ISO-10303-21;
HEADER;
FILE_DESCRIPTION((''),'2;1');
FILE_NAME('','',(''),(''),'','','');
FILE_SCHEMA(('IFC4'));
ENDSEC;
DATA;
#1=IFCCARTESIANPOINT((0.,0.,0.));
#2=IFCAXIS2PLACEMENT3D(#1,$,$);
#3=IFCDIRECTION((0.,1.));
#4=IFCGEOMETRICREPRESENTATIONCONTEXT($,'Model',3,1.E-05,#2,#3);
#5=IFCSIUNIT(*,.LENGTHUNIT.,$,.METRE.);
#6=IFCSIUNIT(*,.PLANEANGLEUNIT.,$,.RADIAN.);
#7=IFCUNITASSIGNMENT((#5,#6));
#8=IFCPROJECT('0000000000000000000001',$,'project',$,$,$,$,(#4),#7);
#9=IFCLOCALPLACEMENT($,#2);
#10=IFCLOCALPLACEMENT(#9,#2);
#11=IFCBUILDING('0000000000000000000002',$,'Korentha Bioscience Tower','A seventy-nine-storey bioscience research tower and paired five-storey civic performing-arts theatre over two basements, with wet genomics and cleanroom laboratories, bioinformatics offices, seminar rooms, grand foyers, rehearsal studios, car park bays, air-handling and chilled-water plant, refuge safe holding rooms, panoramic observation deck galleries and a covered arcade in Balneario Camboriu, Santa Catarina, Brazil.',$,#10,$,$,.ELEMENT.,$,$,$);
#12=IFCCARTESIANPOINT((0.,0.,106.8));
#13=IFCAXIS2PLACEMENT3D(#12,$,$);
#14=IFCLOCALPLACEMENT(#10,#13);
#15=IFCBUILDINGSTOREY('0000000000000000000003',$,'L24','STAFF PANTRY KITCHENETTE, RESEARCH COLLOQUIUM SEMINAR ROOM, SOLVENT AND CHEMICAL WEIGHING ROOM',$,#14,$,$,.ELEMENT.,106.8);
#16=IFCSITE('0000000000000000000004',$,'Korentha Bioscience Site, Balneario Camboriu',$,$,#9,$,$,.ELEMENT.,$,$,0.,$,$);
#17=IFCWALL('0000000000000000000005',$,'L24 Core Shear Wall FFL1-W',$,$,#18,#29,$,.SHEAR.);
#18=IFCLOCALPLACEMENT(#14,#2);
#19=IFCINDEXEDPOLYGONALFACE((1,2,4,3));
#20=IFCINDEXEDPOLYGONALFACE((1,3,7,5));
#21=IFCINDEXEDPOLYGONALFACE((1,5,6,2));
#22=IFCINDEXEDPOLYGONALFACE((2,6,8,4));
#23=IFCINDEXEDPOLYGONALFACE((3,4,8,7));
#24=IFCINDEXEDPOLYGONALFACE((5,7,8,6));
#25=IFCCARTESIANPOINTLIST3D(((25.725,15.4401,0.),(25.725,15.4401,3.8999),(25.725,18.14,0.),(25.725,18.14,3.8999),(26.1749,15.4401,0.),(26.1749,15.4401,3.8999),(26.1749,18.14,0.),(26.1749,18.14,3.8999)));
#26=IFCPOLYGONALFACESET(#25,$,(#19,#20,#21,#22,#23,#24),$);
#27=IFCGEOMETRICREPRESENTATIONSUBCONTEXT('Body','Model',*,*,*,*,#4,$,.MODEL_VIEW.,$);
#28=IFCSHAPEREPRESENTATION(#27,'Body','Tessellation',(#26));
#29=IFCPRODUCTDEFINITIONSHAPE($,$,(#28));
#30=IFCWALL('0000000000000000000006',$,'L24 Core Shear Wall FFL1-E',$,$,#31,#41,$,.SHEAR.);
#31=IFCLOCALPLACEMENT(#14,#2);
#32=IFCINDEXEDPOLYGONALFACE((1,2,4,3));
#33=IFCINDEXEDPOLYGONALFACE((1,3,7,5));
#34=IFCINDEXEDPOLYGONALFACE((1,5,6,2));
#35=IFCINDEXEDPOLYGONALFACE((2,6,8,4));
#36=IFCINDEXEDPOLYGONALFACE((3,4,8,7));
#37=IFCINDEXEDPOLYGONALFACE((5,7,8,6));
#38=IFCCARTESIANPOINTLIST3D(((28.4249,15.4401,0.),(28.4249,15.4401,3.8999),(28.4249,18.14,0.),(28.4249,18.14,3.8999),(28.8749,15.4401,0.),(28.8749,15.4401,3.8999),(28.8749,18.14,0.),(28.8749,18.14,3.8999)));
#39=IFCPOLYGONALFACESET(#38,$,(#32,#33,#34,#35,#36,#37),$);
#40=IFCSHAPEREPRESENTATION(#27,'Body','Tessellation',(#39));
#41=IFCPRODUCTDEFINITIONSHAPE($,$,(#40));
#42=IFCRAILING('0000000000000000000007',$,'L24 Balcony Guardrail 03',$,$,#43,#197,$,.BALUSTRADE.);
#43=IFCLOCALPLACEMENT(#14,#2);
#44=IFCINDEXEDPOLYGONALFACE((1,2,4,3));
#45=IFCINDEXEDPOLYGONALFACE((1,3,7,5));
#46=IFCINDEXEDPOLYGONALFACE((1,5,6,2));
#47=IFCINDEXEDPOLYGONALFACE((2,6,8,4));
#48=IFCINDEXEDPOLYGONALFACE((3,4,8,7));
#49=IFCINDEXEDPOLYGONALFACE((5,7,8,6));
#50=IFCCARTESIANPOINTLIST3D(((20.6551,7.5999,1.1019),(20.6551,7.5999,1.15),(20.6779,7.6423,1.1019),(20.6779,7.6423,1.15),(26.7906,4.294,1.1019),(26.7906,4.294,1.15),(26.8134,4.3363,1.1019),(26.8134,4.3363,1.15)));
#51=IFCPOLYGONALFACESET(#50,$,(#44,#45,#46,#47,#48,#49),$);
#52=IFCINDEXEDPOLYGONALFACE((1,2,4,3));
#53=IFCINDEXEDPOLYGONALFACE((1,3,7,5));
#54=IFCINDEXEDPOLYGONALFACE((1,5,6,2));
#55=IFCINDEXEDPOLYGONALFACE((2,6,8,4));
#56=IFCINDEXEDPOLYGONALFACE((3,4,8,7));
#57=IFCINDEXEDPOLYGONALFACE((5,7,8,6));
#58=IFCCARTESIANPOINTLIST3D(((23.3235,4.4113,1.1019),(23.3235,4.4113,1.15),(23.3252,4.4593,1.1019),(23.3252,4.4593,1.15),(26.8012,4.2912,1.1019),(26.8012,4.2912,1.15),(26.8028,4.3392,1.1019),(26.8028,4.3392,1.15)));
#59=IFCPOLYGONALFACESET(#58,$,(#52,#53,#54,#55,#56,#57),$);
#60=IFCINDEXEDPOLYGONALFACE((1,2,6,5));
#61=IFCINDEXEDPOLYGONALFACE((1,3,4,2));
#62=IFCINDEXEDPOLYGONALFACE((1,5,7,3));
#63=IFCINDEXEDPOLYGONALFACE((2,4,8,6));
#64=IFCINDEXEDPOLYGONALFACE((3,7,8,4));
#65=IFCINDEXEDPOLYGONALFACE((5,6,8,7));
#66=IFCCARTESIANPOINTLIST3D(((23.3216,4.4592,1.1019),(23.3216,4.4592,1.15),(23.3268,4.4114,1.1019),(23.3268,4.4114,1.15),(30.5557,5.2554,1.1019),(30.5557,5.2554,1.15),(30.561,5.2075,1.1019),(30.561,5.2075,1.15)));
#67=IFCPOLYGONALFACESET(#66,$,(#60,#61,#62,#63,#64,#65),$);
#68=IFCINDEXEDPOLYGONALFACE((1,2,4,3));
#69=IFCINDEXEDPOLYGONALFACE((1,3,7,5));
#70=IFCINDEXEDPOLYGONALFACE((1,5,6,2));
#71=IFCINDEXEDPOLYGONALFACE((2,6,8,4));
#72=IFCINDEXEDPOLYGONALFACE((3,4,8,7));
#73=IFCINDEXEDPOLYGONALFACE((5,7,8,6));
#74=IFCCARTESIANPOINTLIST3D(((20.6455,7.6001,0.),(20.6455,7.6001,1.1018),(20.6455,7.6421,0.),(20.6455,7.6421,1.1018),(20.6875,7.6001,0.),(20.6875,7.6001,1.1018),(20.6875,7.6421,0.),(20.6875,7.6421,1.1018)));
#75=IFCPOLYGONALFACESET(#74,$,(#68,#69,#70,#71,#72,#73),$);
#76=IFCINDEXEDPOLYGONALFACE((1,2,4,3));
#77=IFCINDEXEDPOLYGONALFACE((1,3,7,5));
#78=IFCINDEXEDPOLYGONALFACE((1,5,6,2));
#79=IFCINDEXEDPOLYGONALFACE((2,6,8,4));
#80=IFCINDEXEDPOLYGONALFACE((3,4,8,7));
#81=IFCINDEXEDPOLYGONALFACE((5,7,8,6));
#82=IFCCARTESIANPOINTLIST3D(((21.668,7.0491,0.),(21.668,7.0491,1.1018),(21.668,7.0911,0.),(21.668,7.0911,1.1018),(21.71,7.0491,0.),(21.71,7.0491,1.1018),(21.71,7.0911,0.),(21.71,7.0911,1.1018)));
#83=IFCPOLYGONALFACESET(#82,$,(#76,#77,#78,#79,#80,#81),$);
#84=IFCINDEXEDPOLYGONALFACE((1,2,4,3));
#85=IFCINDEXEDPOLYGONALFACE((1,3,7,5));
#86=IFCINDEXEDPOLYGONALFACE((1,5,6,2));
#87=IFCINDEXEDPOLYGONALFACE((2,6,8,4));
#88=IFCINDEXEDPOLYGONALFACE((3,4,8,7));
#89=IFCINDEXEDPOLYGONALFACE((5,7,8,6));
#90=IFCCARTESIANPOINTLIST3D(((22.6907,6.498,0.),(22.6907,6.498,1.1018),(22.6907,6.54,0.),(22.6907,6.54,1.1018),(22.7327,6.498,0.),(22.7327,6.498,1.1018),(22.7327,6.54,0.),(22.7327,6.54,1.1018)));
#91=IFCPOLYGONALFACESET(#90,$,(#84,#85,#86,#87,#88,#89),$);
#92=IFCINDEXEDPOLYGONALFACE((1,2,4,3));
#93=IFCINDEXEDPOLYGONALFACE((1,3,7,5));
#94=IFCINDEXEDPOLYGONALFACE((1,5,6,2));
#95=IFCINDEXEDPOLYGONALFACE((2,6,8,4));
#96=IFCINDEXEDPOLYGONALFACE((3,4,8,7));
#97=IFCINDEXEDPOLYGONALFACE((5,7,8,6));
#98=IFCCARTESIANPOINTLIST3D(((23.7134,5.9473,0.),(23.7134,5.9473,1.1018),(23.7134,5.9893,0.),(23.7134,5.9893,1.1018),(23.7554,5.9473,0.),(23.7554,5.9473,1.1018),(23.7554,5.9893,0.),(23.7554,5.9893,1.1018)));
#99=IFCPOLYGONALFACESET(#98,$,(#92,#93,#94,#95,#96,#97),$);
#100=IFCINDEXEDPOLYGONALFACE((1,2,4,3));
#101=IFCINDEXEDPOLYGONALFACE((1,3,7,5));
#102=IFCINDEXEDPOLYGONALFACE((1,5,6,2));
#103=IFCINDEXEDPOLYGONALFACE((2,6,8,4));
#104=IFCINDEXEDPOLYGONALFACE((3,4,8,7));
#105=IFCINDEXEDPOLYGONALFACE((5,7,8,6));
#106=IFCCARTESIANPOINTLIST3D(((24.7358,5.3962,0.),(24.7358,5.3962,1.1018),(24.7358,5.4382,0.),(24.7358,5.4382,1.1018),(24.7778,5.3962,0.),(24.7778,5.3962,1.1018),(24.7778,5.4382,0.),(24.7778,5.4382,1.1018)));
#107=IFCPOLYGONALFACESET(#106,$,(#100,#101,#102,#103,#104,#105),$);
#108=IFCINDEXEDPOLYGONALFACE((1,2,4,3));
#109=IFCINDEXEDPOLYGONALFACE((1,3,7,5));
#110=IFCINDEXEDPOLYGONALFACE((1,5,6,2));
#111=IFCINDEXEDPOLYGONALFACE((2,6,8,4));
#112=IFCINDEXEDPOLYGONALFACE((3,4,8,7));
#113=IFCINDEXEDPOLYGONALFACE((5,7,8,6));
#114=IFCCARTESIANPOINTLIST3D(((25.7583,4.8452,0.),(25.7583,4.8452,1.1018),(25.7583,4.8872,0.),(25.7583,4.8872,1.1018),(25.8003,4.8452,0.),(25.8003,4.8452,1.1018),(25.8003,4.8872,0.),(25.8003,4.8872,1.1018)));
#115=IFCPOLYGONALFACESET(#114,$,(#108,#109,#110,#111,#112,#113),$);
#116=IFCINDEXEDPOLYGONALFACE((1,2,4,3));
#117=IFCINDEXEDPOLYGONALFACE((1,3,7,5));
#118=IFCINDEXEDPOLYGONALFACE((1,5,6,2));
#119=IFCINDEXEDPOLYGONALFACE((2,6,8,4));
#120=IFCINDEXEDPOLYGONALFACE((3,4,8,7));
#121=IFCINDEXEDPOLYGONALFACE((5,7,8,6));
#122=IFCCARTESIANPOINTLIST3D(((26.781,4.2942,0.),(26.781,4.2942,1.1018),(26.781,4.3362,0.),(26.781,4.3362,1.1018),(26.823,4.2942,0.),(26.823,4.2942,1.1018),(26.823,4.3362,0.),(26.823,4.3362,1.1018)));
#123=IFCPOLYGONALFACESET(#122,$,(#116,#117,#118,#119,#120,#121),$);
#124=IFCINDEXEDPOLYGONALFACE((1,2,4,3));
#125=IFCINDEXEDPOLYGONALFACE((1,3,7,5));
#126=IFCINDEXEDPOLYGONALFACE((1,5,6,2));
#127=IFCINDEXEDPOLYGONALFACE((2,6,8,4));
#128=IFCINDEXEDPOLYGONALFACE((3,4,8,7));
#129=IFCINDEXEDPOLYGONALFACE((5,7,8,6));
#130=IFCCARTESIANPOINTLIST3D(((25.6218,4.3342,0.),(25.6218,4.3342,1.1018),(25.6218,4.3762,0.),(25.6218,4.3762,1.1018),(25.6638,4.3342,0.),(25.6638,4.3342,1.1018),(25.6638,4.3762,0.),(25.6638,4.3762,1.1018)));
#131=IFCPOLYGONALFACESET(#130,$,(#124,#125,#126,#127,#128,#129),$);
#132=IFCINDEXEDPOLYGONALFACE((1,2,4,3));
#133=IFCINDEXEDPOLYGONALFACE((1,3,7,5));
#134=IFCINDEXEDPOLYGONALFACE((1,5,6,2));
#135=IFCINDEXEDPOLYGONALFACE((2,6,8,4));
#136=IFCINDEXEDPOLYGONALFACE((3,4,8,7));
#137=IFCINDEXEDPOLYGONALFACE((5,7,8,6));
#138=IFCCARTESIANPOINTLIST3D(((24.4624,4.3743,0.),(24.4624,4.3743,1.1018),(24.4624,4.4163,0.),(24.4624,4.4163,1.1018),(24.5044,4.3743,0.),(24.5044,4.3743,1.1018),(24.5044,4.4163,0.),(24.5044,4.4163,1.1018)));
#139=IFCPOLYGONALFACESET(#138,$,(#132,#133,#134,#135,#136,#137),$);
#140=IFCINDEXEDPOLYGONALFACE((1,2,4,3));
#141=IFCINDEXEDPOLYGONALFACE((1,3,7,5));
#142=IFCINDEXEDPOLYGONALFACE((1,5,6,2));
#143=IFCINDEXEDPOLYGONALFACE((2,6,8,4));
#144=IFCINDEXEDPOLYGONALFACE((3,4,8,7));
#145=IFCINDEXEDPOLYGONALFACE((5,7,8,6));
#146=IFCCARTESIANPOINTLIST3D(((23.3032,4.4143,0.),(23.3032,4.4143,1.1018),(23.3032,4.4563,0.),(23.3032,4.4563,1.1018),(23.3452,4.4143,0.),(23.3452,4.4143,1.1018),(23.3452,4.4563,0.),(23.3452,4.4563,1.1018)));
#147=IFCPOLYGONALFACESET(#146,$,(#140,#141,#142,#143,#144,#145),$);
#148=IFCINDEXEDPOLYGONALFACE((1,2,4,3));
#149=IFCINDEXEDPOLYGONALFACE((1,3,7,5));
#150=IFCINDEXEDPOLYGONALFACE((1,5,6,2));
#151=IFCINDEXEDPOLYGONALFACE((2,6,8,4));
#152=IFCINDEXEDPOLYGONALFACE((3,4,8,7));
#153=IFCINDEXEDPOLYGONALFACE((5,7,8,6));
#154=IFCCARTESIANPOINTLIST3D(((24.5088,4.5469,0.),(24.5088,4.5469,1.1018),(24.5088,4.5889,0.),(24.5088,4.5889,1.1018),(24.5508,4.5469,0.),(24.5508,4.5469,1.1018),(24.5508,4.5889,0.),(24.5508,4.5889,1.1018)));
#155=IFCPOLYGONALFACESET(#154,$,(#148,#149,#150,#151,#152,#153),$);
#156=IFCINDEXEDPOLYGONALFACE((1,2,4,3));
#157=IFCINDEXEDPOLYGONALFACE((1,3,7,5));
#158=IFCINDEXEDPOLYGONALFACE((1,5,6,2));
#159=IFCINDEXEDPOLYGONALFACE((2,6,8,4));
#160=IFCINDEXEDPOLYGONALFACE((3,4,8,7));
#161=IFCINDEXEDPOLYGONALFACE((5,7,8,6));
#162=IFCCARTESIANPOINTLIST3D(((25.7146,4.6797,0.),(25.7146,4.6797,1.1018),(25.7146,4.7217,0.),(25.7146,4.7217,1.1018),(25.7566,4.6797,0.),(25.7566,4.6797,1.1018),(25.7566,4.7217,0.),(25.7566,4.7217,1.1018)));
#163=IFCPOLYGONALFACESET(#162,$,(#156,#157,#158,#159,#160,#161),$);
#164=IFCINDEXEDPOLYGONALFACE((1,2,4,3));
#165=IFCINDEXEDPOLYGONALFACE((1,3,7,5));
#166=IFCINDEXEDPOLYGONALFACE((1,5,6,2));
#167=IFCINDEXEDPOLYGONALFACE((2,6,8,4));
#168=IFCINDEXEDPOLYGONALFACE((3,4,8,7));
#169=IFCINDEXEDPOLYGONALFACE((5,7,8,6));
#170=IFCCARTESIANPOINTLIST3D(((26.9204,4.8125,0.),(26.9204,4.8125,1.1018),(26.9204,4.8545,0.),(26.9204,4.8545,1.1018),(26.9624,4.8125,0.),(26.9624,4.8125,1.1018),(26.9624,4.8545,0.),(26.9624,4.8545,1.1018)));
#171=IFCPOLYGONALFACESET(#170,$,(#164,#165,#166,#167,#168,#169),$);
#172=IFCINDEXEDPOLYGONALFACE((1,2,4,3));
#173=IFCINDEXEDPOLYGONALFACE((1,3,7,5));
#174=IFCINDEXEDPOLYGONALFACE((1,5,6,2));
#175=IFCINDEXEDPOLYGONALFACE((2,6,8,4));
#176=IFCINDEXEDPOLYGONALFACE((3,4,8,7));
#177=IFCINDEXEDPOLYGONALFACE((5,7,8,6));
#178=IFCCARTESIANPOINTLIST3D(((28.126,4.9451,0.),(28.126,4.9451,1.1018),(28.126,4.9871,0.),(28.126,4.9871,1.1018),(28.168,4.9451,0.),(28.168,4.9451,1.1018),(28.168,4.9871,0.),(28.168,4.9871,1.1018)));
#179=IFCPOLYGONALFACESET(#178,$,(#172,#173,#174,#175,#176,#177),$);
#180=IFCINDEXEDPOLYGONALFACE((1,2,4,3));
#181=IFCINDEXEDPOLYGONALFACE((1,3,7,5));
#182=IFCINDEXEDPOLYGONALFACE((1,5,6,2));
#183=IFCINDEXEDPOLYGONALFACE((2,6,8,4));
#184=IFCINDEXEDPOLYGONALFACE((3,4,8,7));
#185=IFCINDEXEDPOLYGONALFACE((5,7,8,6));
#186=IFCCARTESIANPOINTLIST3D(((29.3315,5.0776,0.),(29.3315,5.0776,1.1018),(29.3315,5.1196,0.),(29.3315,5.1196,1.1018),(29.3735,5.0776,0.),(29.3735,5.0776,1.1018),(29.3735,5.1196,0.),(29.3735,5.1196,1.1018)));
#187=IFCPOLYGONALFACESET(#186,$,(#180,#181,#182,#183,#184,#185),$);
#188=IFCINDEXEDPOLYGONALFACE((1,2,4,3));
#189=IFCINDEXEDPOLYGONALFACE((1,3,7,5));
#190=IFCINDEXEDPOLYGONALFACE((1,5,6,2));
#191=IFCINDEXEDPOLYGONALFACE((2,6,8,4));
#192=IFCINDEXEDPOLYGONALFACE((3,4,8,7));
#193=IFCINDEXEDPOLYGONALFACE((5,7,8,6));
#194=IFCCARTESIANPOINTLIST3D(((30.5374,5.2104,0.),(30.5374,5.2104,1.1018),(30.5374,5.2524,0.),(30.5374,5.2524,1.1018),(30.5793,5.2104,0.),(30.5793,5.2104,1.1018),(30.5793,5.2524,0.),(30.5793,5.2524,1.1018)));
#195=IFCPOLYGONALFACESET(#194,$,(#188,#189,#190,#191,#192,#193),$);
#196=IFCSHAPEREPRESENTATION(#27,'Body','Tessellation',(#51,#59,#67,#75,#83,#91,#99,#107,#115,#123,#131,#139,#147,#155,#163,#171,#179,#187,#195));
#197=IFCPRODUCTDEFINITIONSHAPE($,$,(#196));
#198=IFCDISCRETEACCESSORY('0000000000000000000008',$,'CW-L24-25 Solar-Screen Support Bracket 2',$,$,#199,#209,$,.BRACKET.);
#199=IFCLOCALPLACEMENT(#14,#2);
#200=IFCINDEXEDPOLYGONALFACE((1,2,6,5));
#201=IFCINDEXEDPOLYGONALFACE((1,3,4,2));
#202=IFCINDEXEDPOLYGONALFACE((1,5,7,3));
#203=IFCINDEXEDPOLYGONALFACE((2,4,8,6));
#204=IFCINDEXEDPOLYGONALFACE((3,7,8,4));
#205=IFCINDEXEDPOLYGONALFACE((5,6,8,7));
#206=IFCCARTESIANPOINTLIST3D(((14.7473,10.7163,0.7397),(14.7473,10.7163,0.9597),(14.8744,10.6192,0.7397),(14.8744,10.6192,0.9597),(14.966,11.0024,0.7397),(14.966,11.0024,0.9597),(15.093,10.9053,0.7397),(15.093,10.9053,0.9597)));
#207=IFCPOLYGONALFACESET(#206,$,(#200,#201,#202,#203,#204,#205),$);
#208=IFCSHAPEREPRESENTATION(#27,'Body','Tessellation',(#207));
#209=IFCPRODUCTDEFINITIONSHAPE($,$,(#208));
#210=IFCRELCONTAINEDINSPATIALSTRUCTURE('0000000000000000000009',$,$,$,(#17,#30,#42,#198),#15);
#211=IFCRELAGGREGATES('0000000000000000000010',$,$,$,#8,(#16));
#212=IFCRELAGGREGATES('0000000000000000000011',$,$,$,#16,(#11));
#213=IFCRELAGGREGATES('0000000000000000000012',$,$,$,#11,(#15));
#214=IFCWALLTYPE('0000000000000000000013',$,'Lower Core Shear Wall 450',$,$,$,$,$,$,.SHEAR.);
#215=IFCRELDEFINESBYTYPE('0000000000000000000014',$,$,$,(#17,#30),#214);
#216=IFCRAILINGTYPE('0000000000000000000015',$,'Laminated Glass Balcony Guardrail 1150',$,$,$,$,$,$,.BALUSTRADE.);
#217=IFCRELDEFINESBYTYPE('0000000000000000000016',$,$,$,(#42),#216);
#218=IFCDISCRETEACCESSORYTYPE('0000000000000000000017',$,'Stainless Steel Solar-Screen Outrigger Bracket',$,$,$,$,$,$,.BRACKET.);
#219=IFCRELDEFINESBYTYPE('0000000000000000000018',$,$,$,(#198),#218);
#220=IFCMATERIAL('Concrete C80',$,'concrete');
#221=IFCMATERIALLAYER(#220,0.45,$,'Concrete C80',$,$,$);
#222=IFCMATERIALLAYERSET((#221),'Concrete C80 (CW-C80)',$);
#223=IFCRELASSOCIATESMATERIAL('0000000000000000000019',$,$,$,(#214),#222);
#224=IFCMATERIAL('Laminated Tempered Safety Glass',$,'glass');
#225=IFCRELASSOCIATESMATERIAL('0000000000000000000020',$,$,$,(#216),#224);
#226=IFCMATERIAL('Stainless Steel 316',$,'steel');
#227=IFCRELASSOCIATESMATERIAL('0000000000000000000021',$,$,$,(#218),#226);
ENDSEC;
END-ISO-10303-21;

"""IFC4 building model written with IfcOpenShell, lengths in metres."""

from ifc_helpers import new_model, si_unit, direction, frame, frame_2d, origin, origin_2d, place, context, subcontext, project, spatial, rectangle, extrude, material, layer, layer_set, type_object, element, save


model = new_model("IFC4")

# Units and contexts
model_context = context("Model", 3, precision=1e-05, world=origin(), true_north=direction((0.0, 1.0)))
body_context = subcontext(model_context, "Body", "Model", "MODEL_VIEW")
ifc_project = project(units=[si_unit("LENGTHUNIT", "METRE"), si_unit("PLANEANGLEUNIT", "RADIAN")], contexts=[model_context])

# Site, building, storey
site_placement = place(None, origin())
site = spatial("IfcSite", under=ifc_project, at=site_placement, Name="Korentha Bioscience Site, Balneario Camboriu", CompositionType="ELEMENT", RefElevation=0.0)
building_placement = place(site_placement, origin())
building = spatial("IfcBuilding", under=site, at=building_placement, Name="Korentha Bioscience Tower", Description="A seventy-nine-storey bioscience research tower and paired five-storey civic performing-arts theatre over two basements, with wet genomics and cleanroom laboratories, bioinformatics offices, seminar rooms, grand foyers, rehearsal studios, car park bays, air-handling and chilled-water plant, refuge safe holding rooms, panoramic observation deck galleries and a covered arcade in Balneario Camboriu, Santa Catarina, Brazil.", CompositionType="ELEMENT")
storey_placement = place(building_placement, frame((0.0, 0.0, 106.8)))
storey = spatial("IfcBuildingStorey", under=building, at=storey_placement, Name="L24", Description="STAFF PANTRY KITCHENETTE, RESEARCH COLLOQUIUM SEMINAR ROOM, SOLVENT AND CHEMICAL WEIGHING ROOM", CompositionType="ELEMENT", Elevation=106.8)

# Shared definitions
ifc_material_1 = material(Name="Concrete C80", Category="concrete")

# Walls
ifc_layer_1 = layer(ifc_material_1, 0.45, Name="Concrete C80")
ifc_layer_set_1 = layer_set([ifc_layer_1], Name="Concrete C80 (CW-C80)")
wall_type_1 = type_object("IfcWallType", Name="Lower Core Shear Wall 450", PredefinedType="SHEAR", material=ifc_layer_set_1)
for number, where, z_axis, x_axis, name in (
    (1, (25.95, 15.4399, 0.0), (0.0, 0.0, 1.0), (0.0, 1.0, 0.0), "L24 Core Shear Wall FFL1-W"),
    (2, (28.6499, 15.4399, 0.0), (0.0, 0.0, 1.0), (0.0, 1.0, 0.0), "L24 Core Shear Wall FFL1-E"),
):
    element("IfcWall", number, at=place(storey_placement, frame(where, z_axis=z_axis, x_axis=x_axis)), inside=storey, type_object=wall_type_1, Name=name, PredefinedType="SHEAR", context=body_context, shape_type="SweptSolid", body=[
        extrude(rectangle(XDim=2.7, YDim=0.45, at=frame_2d((1.3501, 0.0))), origin(), (0.0, 0.0, 1.0), 3.8999),
    ])

# Railing
ifc_material_2 = material(Name="Laminated Tempered Safety Glass", Category="glass")
railing_type = type_object("IfcRailingType", Name="Laminated Glass Balcony Guardrail 1150", PredefinedType="BALUSTRADE", material=ifc_material_2)
railing_placement = place(storey_placement, frame((20.6665, 7.6211, 0.0)))
element("IfcRailing", 3, at=railing_placement, inside=storey, type_object=railing_type, Name="L24 Balcony Guardrail 03", PredefinedType="BALUSTRADE", context=body_context, shape_type="SweptSolid", body=[
    extrude(rectangle(XDim=0.0481, YDim=0.0481, at=origin_2d()), frame((0.0, 0.0, 1.126), z_axis=(0.880341, -0.474342, 0.0), x_axis=(0.474342, 0.880341, 0.0)), (0.0, 0.0, 1.0), 6.9695),
    extrude(rectangle(XDim=0.0481, YDim=0.0481, at=origin_2d()), frame((6.1355, -3.3059, 1.126), z_axis=(-0.999404, 0.034518, 0.0), x_axis=(-0.034518, -0.999404, 0.0)), (0.0, 0.0, 1.0), 3.4797),
    extrude(rectangle(XDim=0.0481, YDim=0.0481, at=origin_2d()), frame((2.6577, -3.1858, 1.126), z_axis=(0.993999, 0.109393, 0.0), x_axis=(-0.109393, 0.993999, 0.0)), (0.0, 0.0, 1.0), 7.2778),
    extrude(rectangle(XDim=0.042, YDim=0.042, at=origin_2d()), origin(), (0.0, 0.0, 1.0), 1.1018),
    extrude(rectangle(XDim=0.042, YDim=0.042, at=origin_2d()), frame((1.0225, -0.551, 0.0)), (0.0, 0.0, 1.0), 1.1018),
    extrude(rectangle(XDim=0.042, YDim=0.042, at=origin_2d()), frame((2.0452, -1.1021, 0.0)), (0.0, 0.0, 1.0), 1.1018),
    extrude(rectangle(XDim=0.042, YDim=0.042, at=origin_2d()), frame((3.0679, -1.6528, 0.0)), (0.0, 0.0, 1.0), 1.1018),
    extrude(rectangle(XDim=0.042, YDim=0.042, at=origin_2d()), frame((4.0903, -2.2039, 0.0)), (0.0, 0.0, 1.0), 1.1018),
    extrude(rectangle(XDim=0.042, YDim=0.042, at=origin_2d()), frame((5.1128, -2.7549, 0.0)), (0.0, 0.0, 1.0), 1.1018),
    extrude(rectangle(XDim=0.042, YDim=0.042, at=origin_2d()), frame((6.1355, -3.3059, 0.0)), (0.0, 0.0, 1.0), 1.1018),
    extrude(rectangle(XDim=0.042, YDim=0.042, at=origin_2d()), frame((4.9763, -3.2659, 0.0)), (0.0, 0.0, 1.0), 1.1018),
    extrude(rectangle(XDim=0.042, YDim=0.042, at=origin_2d()), frame((3.8169, -3.2258, 0.0)), (0.0, 0.0, 1.0), 1.1018),
    extrude(rectangle(XDim=0.042, YDim=0.042, at=origin_2d()), frame((2.6577, -3.1858, 0.0)), (0.0, 0.0, 1.0), 1.1018),
    extrude(rectangle(XDim=0.042, YDim=0.042, at=origin_2d()), frame((3.8633, -3.0532, 0.0)), (0.0, 0.0, 1.0), 1.1018),
    extrude(rectangle(XDim=0.042, YDim=0.042, at=origin_2d()), frame((5.0691, -2.9204, 0.0)), (0.0, 0.0, 1.0), 1.1018),
    extrude(rectangle(XDim=0.042, YDim=0.042, at=origin_2d()), frame((6.2749, -2.7876, 0.0)), (0.0, 0.0, 1.0), 1.1018),
    extrude(rectangle(XDim=0.042, YDim=0.042, at=origin_2d()), frame((7.4805, -2.655, 0.0)), (0.0, 0.0, 1.0), 1.1018),
    extrude(rectangle(XDim=0.042, YDim=0.042, at=origin_2d()), frame((8.686, -2.5225, 0.0)), (0.0, 0.0, 1.0), 1.1018),
    extrude(rectangle(XDim=0.042, YDim=0.042, at=origin_2d()), frame((9.8918, -2.3896, 0.0)), (0.0, 0.0, 1.0), 1.1018),
])

# Discrete accessory
ifc_material_3 = material(Name="Stainless Steel 316", Category="steel")
discrete_accessory_type = type_object("IfcDiscreteAccessoryType", Name="Stainless Steel Solar-Screen Outrigger Bracket", PredefinedType="BRACKET", material=ifc_material_3)
discrete_accessory_placement = place(storey_placement, frame((14.9202, 10.8108, 0.7397), z_axis=(0.0, 0.0, 1.0), x_axis=(0.7945, -0.607265, 0.0)))
element("IfcDiscreteAccessory", 4, at=discrete_accessory_placement, inside=storey, type_object=discrete_accessory_type, Name="CW-L24-25 Solar-Screen Support Bracket 2", PredefinedType="BRACKET", context=body_context, shape_type="SweptSolid", body=[
    extrude(rectangle(XDim=0.1599, YDim=0.3601, at=origin_2d()), origin(), (0.0, 0.0, 1.0), 0.22),
])

save(model, "model.ifc")
